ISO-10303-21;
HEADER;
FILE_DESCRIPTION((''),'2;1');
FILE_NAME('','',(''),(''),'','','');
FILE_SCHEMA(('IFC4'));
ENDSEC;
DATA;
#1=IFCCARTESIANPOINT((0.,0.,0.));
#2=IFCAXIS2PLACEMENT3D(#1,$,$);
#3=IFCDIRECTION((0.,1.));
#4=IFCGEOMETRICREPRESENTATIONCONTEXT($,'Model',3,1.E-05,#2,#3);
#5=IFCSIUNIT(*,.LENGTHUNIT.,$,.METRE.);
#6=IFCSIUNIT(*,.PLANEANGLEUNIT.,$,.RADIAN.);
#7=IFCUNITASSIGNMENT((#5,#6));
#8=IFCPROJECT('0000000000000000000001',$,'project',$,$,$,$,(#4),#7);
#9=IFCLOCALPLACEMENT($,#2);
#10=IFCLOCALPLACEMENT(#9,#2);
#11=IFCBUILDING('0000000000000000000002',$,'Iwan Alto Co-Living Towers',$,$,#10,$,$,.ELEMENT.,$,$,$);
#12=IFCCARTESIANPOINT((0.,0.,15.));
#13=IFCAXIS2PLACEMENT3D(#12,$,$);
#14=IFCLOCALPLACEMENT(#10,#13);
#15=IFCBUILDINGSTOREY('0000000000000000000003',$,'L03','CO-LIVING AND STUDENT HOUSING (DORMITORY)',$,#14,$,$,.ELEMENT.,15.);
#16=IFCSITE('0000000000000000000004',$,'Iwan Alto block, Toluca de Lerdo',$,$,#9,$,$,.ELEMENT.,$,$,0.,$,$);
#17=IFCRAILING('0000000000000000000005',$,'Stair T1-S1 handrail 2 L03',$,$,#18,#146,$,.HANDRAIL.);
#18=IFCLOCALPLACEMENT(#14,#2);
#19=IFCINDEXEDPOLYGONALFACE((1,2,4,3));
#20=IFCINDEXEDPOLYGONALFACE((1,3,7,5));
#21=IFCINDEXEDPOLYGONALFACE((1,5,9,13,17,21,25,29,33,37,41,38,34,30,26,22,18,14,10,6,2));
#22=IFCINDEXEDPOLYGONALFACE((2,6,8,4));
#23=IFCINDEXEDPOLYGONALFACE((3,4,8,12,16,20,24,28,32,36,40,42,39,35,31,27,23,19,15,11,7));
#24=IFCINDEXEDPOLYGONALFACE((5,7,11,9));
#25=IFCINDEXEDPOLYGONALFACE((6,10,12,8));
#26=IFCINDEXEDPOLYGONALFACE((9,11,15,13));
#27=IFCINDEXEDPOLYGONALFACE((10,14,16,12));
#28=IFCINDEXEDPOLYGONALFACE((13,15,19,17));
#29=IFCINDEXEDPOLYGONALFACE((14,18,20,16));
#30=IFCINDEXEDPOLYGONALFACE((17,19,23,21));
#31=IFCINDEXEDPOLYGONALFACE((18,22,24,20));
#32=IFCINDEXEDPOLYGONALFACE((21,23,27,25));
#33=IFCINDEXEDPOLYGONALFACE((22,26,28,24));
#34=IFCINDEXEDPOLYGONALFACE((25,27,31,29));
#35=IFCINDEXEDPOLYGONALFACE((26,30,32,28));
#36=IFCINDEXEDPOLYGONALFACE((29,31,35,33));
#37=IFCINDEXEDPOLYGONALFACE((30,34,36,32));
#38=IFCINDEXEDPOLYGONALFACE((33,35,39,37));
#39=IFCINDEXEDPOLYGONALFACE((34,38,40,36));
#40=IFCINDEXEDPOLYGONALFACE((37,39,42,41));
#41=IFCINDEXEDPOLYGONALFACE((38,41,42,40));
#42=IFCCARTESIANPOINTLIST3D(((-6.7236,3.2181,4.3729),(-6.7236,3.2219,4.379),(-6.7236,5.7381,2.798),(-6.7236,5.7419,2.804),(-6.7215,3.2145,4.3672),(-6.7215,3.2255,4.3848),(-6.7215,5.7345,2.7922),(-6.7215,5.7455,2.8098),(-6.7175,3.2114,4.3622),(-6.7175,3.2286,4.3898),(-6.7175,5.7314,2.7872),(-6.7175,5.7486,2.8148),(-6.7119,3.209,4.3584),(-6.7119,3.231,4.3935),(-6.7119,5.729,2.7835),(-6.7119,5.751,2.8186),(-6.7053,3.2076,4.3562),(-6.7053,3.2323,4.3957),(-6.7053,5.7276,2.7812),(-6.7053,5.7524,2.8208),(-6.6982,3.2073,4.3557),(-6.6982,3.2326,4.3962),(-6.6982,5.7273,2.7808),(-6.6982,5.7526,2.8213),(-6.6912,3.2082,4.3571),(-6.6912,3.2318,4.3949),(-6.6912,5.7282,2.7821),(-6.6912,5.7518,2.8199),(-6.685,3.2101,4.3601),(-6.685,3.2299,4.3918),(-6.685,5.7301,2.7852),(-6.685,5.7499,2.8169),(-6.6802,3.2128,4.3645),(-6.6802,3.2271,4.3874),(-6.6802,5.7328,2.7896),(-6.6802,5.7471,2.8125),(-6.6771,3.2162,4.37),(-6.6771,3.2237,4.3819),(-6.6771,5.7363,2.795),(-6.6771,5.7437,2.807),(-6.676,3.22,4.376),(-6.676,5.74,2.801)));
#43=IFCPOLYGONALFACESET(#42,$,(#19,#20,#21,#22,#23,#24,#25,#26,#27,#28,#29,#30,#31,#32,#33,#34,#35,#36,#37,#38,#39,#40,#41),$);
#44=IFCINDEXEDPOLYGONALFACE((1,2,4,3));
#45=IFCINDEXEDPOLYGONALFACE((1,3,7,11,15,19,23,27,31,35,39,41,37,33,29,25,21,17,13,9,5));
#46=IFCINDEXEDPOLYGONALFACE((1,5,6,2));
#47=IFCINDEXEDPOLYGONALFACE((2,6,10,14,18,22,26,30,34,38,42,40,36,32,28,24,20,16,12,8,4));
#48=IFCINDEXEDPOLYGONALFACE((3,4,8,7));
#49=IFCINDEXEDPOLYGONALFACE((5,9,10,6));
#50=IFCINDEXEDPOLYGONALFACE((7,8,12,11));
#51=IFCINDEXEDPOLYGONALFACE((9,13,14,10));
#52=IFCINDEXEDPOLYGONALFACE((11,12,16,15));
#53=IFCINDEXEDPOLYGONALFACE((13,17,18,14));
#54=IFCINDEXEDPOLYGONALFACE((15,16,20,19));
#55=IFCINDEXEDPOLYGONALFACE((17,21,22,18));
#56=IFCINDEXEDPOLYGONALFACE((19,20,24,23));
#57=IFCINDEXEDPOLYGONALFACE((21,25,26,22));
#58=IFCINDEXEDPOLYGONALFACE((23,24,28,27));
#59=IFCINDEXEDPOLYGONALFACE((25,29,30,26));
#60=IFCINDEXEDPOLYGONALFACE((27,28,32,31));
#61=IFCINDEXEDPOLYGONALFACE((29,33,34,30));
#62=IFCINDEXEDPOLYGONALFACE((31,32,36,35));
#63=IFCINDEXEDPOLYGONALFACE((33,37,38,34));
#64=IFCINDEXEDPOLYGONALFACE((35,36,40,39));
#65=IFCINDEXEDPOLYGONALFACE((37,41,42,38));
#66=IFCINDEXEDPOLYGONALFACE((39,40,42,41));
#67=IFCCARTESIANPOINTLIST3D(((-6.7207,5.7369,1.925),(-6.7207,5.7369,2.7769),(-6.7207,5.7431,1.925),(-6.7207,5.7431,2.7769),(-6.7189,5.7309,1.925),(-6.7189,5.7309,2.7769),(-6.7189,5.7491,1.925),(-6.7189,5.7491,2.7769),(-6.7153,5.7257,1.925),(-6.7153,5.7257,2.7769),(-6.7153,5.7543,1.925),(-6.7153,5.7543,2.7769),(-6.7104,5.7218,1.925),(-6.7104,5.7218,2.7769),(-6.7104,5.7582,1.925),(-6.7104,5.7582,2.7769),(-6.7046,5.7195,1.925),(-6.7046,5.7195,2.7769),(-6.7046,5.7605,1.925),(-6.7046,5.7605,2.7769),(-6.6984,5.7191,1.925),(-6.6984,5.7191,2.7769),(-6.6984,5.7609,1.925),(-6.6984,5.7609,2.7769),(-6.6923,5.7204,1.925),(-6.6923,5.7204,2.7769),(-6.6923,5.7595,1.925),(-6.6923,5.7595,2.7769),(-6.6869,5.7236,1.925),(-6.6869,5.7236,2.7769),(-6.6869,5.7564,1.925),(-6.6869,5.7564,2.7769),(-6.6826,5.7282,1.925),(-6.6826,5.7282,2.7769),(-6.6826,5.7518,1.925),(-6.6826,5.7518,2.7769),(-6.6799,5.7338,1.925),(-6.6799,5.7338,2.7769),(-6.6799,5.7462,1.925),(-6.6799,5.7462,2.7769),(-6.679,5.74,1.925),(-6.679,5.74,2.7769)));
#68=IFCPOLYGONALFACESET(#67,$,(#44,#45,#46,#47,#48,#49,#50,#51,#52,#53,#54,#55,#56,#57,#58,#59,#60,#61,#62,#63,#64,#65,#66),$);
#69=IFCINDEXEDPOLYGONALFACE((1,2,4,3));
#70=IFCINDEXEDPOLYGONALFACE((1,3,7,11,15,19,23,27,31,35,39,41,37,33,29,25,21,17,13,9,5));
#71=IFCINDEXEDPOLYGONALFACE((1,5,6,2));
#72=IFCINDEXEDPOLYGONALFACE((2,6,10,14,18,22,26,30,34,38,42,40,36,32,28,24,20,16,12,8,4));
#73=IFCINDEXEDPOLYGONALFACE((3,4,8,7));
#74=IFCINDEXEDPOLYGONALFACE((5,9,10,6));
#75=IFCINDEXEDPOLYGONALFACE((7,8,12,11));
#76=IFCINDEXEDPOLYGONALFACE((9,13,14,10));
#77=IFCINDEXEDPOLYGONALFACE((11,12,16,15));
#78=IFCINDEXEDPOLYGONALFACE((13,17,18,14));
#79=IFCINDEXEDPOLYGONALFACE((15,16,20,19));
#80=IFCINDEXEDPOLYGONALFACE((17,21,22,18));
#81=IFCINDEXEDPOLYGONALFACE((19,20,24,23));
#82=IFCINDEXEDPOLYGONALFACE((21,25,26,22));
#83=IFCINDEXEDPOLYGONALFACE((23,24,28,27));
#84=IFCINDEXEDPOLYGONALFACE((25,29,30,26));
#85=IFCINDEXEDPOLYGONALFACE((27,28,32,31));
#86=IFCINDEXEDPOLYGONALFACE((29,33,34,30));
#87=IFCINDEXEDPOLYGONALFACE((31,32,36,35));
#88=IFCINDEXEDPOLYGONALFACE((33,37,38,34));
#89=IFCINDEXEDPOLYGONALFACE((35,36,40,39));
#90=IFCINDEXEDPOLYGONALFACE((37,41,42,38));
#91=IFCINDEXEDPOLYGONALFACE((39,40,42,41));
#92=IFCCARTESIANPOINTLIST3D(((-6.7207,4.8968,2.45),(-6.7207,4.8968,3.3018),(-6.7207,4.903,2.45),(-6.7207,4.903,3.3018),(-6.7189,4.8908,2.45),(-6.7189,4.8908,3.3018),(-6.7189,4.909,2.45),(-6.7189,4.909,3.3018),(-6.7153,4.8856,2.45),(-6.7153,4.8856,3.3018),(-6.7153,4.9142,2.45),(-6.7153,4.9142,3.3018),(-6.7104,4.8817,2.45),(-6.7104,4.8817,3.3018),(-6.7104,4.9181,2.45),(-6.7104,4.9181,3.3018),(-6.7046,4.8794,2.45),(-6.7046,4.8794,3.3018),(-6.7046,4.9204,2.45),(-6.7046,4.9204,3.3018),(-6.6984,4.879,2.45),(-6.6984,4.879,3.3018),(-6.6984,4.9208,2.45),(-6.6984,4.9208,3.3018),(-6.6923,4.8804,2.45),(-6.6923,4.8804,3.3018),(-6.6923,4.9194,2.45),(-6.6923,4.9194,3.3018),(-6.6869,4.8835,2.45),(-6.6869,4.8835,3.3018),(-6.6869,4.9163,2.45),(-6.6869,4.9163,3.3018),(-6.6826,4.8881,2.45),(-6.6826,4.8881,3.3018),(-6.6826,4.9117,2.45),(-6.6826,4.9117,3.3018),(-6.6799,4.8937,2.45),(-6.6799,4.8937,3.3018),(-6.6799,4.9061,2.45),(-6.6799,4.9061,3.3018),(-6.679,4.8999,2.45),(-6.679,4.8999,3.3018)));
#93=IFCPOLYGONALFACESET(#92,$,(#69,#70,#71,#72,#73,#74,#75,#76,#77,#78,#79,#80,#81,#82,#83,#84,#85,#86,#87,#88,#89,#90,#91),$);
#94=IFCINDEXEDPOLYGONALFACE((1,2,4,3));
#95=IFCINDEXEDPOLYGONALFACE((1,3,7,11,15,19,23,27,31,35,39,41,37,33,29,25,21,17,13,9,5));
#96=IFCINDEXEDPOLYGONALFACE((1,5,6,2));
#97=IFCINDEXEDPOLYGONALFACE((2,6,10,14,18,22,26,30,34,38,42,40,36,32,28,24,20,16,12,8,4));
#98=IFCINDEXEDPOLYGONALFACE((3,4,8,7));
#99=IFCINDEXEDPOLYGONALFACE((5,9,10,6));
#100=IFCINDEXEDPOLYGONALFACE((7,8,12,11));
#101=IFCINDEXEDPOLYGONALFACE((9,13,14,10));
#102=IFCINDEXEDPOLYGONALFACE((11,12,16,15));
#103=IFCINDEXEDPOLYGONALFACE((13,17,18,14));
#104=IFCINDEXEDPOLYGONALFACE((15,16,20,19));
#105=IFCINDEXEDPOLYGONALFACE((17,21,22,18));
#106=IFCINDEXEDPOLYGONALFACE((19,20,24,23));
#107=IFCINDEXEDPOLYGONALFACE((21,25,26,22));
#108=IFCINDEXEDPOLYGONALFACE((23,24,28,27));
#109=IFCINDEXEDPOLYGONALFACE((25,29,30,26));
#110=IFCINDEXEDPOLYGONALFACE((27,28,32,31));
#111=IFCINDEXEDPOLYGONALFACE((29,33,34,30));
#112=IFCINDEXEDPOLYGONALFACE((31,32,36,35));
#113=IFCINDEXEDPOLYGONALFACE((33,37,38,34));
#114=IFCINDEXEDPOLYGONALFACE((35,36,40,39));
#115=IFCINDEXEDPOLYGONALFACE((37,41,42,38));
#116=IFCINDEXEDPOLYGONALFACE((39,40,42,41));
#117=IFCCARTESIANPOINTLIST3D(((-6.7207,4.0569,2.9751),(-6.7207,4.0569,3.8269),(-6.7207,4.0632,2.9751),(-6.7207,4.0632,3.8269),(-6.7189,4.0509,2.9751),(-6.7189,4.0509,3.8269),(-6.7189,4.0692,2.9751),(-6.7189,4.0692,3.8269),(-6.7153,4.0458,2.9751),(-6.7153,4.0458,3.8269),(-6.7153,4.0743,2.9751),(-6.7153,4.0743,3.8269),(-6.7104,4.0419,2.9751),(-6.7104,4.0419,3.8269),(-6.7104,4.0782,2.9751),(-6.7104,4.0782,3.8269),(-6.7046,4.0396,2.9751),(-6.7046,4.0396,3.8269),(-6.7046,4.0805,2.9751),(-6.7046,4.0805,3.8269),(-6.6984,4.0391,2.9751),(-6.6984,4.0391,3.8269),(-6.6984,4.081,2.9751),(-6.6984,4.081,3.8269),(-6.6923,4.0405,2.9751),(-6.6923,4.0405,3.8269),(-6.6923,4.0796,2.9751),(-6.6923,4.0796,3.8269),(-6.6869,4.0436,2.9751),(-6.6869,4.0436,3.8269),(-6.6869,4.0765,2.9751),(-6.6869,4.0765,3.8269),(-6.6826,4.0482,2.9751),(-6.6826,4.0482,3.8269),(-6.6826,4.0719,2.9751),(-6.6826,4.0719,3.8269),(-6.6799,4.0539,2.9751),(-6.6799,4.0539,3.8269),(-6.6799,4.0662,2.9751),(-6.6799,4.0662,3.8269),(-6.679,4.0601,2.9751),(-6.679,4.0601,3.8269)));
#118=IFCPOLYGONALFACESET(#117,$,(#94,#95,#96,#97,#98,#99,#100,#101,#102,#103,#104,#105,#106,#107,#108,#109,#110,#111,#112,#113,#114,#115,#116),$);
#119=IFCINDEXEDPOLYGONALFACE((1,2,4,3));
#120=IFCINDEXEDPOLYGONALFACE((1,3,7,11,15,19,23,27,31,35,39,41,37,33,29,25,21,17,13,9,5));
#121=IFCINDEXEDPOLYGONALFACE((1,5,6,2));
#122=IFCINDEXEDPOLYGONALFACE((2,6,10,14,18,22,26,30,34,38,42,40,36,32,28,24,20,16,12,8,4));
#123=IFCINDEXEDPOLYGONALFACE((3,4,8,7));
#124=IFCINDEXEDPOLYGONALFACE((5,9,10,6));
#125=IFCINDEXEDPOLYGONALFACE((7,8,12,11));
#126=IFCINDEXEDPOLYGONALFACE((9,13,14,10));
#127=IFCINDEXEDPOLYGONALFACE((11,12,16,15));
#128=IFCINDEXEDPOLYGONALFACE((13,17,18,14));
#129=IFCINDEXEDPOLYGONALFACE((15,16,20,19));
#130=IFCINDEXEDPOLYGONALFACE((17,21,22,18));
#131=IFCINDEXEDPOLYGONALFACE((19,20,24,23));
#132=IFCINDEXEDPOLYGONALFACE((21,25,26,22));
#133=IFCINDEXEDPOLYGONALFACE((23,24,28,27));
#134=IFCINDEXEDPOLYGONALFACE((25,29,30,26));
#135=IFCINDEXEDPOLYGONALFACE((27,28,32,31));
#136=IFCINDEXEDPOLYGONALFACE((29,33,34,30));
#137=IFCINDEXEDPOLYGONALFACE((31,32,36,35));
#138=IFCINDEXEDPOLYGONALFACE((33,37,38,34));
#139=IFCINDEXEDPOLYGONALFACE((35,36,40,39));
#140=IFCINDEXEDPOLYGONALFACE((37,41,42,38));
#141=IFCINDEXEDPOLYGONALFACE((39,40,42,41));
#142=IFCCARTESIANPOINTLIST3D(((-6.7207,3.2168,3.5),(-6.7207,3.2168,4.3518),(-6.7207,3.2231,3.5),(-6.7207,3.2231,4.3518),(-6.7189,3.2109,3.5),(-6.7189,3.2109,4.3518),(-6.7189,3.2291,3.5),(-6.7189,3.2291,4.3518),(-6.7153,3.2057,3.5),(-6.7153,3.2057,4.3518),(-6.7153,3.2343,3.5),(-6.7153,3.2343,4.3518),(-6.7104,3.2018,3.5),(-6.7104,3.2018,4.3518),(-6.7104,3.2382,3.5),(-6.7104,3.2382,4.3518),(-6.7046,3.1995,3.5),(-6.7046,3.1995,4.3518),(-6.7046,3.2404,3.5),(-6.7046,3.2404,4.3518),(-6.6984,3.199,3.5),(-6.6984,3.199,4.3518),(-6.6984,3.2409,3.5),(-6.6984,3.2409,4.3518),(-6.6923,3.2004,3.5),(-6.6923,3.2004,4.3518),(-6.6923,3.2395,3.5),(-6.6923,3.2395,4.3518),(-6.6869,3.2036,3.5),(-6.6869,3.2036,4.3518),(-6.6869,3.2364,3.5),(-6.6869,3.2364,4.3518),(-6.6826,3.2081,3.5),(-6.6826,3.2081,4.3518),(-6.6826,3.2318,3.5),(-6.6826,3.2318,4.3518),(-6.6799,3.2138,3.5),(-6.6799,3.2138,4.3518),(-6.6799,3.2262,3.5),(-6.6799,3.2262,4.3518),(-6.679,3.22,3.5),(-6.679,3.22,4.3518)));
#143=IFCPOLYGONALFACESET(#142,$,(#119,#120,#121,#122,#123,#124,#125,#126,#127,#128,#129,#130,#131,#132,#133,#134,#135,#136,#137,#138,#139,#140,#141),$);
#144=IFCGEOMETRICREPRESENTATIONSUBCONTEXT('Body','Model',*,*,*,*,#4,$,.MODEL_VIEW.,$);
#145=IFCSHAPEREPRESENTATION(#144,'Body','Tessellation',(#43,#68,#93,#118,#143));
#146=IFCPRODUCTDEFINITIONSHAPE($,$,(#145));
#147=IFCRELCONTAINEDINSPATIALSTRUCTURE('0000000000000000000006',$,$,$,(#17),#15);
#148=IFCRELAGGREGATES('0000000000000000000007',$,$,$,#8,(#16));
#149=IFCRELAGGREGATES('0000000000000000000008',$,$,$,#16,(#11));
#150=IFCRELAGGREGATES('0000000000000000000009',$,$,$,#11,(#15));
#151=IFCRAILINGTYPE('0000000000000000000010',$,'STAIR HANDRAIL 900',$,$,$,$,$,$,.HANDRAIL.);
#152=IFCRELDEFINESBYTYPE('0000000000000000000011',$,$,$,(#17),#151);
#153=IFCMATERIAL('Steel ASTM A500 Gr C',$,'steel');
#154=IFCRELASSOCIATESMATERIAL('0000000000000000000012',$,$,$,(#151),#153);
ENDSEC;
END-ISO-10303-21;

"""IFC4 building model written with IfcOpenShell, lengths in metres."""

from ifc_helpers import new_model, si_unit, direction, frame, origin, origin_2d, place, context, subcontext, project, spatial, circle, extrude, material, type_object, element, save


model = new_model("IFC4")

# Units and contexts
model_context = context("Model", 3, precision=1e-05, world=origin(), true_north=direction((0.0, 1.0)))
body_context = subcontext(model_context, "Body", "Model", "MODEL_VIEW")
ifc_project = project(units=[si_unit("LENGTHUNIT", "METRE"), si_unit("PLANEANGLEUNIT", "RADIAN")], contexts=[model_context])

# Site, building, storey
site_placement = place(None, origin())
site = spatial("IfcSite", under=ifc_project, at=site_placement, Name="Iwan Alto block, Toluca de Lerdo", CompositionType="ELEMENT", RefElevation=0.0)
building_placement = place(site_placement, origin())
building = spatial("IfcBuilding", under=site, at=building_placement, Name="Iwan Alto Co-Living Towers", CompositionType="ELEMENT")
storey_placement = place(building_placement, frame((0.0, 0.0, 15.0)))
storey = spatial("IfcBuildingStorey", under=building, at=storey_placement, Name="L03", Description="CO-LIVING AND STUDENT HOUSING (DORMITORY)", CompositionType="ELEMENT", Elevation=15.0)

# Railing
ifc_material_1 = material(Name="Steel ASTM A500 Gr C", Category="steel")
railing_type_1 = type_object("IfcRailingType", Name="STAIR HANDRAIL 900", PredefinedType="HANDRAIL", material=ifc_material_1)
railing_1_placement = place(storey_placement, frame((-6.7, 5.74, 1.925)))
element("IfcRailing", 1, at=railing_1_placement, inside=storey, type_object=railing_type_1, Name="Stair T1-S1 handrail 2 L03", PredefinedType="HANDRAIL", context=body_context, shape_type="SweptSolid", body=[
    extrude(circle(Radius=0.0239, at=origin_2d()), frame((0.0, 0.0, 0.876), z_axis=(0.0, -0.848008, 0.529984), x_axis=(1.0, 0.0, 0.0)), (0.0, 0.0, 1.0), 2.9717),
    extrude(circle(Radius=0.021, at=origin_2d()), origin(), (0.0, 0.0, 1.0), 0.8518),
    extrude(circle(Radius=0.021, at=origin_2d()), frame((0.0, -0.8401, 0.5249)), (0.0, 0.0, 1.0), 0.8518),
    extrude(circle(Radius=0.021, at=origin_2d()), frame((0.0, -1.6799, 1.05)), (0.0, 0.0, 1.0), 0.8518),
    extrude(circle(Radius=0.021, at=origin_2d()), frame((0.0, -2.52, 1.575)), (0.0, 0.0, 1.0), 0.8518),
])

save(model, "model.ifc")
